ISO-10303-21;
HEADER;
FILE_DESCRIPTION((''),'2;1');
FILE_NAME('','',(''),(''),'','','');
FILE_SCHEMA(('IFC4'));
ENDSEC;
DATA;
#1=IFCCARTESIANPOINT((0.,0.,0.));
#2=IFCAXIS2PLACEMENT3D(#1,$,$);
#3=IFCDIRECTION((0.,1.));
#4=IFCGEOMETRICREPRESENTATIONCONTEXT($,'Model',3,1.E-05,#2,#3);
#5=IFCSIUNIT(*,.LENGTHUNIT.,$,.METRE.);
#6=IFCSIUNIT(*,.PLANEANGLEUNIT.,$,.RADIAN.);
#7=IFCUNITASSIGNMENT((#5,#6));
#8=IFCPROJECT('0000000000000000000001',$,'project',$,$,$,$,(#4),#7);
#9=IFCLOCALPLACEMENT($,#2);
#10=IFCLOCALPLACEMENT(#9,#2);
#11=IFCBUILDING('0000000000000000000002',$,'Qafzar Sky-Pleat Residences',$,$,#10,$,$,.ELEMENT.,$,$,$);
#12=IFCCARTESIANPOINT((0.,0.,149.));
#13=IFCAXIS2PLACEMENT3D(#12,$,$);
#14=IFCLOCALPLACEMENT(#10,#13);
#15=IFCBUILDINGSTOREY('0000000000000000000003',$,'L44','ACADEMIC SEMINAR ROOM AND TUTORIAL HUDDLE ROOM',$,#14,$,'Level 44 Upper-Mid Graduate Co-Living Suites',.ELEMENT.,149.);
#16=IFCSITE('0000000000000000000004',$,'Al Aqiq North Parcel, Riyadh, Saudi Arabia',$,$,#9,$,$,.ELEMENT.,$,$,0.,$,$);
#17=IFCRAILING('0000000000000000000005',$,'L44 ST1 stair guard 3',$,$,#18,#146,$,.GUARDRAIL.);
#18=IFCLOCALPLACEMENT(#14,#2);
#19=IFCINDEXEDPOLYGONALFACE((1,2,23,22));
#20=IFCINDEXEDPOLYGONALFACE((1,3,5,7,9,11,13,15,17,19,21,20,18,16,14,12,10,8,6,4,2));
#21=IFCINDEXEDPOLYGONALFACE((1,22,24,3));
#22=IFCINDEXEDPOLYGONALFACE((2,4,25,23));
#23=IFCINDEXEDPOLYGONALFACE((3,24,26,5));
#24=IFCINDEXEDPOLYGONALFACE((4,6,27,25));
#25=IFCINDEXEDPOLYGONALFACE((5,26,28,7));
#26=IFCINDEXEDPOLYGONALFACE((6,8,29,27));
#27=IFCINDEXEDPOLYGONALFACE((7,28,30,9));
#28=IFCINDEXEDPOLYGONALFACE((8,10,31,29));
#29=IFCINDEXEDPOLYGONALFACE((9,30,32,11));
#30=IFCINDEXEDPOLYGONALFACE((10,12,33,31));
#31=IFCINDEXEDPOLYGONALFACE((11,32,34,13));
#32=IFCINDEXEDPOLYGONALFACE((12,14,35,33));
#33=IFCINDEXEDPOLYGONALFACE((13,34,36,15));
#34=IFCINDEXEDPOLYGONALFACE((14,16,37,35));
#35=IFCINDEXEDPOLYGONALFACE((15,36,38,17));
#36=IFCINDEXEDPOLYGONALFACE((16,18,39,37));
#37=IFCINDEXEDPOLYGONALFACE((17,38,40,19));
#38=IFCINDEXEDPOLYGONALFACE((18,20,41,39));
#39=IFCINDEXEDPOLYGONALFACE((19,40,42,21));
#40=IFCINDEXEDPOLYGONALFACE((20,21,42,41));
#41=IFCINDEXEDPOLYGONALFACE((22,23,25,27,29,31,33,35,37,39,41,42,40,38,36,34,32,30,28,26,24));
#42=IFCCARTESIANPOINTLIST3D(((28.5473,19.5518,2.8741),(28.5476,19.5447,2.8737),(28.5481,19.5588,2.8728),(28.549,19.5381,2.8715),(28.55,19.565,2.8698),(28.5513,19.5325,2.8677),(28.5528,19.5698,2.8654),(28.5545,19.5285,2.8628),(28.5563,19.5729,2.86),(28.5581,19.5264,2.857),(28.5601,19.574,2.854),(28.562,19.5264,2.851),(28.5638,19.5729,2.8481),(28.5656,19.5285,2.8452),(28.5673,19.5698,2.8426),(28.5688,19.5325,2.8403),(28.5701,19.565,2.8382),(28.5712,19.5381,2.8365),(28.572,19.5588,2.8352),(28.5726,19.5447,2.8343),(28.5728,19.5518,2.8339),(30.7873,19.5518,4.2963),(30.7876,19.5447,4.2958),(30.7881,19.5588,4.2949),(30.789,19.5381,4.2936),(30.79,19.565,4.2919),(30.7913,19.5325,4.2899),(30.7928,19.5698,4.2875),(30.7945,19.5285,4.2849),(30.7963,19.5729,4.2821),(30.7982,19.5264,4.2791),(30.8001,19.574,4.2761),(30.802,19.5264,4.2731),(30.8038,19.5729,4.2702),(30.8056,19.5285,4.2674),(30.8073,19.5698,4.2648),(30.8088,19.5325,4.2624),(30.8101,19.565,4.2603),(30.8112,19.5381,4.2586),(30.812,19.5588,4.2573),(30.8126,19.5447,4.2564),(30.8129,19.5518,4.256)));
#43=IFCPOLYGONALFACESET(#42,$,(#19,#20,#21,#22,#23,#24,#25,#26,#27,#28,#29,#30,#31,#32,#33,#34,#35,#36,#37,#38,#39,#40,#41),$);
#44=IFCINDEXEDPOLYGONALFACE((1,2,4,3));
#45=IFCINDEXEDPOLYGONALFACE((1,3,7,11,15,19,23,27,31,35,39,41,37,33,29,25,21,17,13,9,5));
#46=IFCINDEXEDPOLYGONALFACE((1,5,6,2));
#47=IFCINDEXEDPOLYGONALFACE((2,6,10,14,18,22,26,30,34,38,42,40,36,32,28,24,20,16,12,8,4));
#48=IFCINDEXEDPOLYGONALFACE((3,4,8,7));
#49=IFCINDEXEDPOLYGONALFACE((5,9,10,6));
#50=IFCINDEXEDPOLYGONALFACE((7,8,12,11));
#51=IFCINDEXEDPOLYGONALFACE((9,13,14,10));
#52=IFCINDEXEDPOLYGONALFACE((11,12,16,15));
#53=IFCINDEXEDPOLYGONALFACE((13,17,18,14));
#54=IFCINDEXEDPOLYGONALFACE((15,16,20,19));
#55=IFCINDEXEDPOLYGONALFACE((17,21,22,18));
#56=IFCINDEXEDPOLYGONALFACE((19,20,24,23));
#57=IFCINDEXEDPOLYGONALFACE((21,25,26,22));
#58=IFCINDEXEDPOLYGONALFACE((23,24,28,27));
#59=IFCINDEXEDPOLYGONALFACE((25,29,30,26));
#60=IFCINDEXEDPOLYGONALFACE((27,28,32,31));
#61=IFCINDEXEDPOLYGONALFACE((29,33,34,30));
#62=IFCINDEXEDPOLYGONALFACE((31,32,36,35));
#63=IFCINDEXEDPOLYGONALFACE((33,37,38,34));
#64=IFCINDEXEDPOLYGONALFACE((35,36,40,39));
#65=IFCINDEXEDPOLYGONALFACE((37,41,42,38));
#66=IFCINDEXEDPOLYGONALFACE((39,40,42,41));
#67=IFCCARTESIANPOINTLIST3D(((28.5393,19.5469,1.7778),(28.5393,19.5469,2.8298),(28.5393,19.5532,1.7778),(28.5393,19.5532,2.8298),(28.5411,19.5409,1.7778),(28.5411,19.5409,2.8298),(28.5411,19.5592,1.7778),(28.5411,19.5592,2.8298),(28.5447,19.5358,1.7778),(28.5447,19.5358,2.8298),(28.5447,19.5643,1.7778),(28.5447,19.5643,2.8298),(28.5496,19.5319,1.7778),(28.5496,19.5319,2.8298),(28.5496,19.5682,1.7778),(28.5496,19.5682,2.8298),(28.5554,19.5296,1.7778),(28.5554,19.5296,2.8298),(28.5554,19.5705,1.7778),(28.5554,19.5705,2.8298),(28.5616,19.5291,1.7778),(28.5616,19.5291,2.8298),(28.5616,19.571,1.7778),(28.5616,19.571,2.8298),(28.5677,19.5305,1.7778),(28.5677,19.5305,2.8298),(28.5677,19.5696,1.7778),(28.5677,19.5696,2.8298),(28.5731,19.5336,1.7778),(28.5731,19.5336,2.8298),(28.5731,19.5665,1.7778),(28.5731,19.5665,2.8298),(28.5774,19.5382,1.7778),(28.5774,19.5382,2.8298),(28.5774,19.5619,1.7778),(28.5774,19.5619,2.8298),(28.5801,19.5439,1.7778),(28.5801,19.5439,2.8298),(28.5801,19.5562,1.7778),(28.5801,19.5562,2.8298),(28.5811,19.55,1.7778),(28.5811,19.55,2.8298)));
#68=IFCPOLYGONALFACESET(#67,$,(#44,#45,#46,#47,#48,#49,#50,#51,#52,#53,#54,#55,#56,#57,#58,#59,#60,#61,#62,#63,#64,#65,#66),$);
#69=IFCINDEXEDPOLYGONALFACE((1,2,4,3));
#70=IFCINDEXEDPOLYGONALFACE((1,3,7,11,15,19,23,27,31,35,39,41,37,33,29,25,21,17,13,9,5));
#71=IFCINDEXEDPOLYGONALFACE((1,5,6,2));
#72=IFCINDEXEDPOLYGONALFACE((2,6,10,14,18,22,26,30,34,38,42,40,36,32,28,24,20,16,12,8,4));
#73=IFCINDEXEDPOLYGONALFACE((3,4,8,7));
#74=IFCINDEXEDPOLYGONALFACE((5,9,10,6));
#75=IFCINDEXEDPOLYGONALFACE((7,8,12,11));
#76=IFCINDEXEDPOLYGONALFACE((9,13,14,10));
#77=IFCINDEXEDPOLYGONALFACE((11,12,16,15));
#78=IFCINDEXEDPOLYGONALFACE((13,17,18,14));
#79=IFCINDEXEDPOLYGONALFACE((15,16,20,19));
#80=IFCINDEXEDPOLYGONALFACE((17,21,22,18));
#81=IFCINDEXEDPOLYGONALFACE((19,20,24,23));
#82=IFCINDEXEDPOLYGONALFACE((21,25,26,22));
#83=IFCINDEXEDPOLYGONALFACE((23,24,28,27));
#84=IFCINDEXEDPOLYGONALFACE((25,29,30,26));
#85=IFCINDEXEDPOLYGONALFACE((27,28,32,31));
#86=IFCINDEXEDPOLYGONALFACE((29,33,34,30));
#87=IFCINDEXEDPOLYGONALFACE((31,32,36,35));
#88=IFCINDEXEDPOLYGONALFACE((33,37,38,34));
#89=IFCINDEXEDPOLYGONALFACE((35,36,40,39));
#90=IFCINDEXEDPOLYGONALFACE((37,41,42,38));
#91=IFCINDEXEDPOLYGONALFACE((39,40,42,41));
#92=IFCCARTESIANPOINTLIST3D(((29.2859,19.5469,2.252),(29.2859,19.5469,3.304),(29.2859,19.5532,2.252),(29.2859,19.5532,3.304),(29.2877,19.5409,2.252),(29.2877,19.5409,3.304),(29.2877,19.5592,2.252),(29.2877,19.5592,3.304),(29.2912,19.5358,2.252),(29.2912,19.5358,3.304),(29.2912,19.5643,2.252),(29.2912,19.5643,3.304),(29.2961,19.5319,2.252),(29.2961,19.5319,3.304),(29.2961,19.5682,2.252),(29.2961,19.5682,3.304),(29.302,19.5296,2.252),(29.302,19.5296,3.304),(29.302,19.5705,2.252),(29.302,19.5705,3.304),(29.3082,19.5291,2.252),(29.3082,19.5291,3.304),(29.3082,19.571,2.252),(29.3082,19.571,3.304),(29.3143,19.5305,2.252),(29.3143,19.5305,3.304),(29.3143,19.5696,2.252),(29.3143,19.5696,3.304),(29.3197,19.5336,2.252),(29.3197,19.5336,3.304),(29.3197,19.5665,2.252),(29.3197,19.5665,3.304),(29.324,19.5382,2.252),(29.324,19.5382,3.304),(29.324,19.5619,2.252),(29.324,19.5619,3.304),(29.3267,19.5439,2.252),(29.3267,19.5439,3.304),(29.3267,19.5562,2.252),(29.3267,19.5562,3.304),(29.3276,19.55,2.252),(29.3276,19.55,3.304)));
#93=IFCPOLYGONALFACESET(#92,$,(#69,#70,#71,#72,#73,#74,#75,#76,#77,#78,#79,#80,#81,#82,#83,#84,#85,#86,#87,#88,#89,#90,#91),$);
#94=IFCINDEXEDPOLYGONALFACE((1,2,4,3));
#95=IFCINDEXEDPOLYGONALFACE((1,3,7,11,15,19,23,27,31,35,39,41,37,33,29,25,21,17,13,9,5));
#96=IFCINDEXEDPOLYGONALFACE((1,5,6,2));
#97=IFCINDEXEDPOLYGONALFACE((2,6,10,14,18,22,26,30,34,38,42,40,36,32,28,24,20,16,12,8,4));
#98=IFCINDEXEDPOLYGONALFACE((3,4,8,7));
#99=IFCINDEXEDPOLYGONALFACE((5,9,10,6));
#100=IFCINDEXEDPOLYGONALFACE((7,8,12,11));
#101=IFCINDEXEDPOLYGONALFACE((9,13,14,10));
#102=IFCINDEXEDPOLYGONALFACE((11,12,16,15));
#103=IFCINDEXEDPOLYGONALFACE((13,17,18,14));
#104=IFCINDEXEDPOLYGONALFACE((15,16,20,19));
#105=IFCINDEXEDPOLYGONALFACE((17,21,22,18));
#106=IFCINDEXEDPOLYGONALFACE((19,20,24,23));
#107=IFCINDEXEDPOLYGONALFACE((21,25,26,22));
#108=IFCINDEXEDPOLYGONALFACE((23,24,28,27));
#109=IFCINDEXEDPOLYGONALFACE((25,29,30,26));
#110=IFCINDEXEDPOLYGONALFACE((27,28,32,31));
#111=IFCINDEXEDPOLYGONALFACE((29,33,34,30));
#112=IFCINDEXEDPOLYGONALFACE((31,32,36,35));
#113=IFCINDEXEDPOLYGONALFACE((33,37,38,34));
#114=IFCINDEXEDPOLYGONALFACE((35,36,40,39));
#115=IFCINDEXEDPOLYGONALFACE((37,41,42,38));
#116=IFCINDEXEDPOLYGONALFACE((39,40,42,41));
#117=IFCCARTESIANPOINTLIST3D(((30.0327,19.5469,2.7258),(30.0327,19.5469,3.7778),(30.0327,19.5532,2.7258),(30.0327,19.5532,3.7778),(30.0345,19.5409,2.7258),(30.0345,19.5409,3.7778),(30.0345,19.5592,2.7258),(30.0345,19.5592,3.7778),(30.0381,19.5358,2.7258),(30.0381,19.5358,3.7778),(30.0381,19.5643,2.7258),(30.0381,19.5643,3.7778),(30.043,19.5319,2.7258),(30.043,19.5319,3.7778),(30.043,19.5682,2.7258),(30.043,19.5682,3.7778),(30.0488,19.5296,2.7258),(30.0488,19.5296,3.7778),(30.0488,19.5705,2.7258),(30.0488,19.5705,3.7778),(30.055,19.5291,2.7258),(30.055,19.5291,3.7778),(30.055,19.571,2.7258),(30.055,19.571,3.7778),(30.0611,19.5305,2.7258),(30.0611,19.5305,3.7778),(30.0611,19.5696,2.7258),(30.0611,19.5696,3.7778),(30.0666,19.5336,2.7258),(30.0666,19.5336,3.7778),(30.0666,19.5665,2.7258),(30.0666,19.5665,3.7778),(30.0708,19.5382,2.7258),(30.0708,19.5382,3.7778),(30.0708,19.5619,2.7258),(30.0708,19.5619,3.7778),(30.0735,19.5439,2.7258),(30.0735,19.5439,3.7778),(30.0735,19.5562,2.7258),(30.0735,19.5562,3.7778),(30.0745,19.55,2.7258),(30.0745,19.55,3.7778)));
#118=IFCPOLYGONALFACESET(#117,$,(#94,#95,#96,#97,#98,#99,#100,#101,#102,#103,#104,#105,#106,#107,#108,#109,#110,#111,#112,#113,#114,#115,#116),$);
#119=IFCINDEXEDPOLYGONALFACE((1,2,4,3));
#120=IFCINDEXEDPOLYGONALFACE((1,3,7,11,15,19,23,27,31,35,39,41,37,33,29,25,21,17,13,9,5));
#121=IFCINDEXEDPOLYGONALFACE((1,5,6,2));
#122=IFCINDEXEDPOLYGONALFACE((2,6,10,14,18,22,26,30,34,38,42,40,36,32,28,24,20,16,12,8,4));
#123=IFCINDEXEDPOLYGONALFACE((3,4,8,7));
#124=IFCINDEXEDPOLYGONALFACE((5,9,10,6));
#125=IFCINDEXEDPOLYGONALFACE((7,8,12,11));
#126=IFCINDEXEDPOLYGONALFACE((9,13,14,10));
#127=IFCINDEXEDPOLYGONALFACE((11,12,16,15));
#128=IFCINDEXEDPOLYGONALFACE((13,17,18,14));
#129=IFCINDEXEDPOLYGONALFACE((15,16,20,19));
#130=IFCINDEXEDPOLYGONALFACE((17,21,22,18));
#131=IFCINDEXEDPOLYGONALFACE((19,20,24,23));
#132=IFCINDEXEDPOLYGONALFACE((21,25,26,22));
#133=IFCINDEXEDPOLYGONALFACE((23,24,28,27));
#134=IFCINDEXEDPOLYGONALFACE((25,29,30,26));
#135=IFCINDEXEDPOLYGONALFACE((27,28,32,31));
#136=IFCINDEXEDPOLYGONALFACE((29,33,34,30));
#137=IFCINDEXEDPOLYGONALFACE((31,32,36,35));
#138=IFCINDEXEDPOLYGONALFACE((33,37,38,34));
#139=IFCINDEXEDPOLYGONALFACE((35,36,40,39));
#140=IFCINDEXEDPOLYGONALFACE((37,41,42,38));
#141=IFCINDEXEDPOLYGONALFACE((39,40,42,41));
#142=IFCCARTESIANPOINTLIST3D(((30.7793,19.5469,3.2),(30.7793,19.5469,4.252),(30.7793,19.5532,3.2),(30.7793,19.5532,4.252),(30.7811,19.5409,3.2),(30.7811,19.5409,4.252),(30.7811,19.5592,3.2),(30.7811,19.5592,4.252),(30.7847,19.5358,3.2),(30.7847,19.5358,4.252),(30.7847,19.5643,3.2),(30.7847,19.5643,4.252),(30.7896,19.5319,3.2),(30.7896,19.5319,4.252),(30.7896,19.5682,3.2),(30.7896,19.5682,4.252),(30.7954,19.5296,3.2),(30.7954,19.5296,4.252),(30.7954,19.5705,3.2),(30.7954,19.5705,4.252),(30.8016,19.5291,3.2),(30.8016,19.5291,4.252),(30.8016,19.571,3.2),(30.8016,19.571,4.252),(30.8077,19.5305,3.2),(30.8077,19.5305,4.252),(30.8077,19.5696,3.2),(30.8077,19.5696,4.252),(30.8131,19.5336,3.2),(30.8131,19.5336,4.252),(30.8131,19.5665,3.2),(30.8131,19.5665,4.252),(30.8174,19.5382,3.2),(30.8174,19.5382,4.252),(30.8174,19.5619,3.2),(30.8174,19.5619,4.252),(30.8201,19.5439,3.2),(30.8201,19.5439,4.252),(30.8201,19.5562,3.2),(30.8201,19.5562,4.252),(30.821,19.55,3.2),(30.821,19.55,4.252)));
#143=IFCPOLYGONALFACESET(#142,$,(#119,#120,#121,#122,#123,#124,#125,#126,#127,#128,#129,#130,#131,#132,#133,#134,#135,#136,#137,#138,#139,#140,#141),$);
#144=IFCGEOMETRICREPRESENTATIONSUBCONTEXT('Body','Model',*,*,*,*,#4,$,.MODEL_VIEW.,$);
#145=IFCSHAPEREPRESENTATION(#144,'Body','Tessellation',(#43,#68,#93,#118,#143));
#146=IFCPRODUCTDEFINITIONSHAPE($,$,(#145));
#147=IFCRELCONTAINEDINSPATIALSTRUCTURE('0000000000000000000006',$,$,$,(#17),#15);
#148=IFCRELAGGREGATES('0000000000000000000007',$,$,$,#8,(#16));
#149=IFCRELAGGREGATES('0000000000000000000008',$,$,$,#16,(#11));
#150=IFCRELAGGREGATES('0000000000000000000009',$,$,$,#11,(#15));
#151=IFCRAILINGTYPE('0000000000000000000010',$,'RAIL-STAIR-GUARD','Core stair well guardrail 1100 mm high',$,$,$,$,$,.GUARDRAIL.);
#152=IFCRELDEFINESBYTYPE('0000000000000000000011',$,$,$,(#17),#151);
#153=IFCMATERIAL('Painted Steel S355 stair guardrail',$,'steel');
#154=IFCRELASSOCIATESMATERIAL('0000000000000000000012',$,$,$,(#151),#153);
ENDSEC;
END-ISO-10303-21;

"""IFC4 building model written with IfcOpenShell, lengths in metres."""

from ifc_helpers import new_model, si_unit, direction, frame, origin, origin_2d, place, context, subcontext, project, spatial, circle, extrude, source, transform, mapped, material, type_object, element, save


model = new_model("IFC4")

# Units and contexts
model_context = context("Model", 3, precision=1e-05, world=origin(), true_north=direction((0.0, 1.0)))
body_context = subcontext(model_context, "Body", "Model", "MODEL_VIEW")
ifc_project = project(units=[si_unit("LENGTHUNIT", "METRE"), si_unit("PLANEANGLEUNIT", "RADIAN")], contexts=[model_context])

# Site, building, storey
site_placement = place(None, origin())
site = spatial("IfcSite", under=ifc_project, at=site_placement, Name="Al Aqiq North Parcel, Riyadh, Saudi Arabia", CompositionType="ELEMENT", RefElevation=0.0)
building_placement = place(site_placement, origin())
building = spatial("IfcBuilding", under=site, at=building_placement, Name="Qafzar Sky-Pleat Residences", CompositionType="ELEMENT")
storey_placement = place(building_placement, frame((0.0, 0.0, 149.0)))
storey = spatial("IfcBuildingStorey", under=building, at=storey_placement, Name="L44", Description="ACADEMIC SEMINAR ROOM AND TUTORIAL HUDDLE ROOM", LongName="Level 44 Upper-Mid Graduate Co-Living Suites", CompositionType="ELEMENT", Elevation=149.0)

# Railing
ifc_material_1 = material(Name="Painted Steel S355 stair guardrail", Category="steel")
railing_type_1 = type_object("IfcRailingType", Name="RAIL-STAIR-GUARD", Description="Core stair well guardrail 1100 mm high", PredefinedType="GUARDRAIL", material=ifc_material_1)
shared_shape_1 = source(origin(), body_context, "Body", "SweptSolid", [
    extrude(circle(Radius=0.0239, at=origin_2d()), frame((0.0, 0.0, 1.0762), z_axis=(0.844229, 0.0, 0.535982), x_axis=(0.0, 1.0, 0.0)), (0.0, 0.0, 1.0), 2.6533),
    extrude(circle(Radius=0.021, at=origin_2d()), origin(), (0.0, 0.0, 1.0), 1.052),
    extrude(circle(Radius=0.021, at=origin_2d()), frame((0.7466, 0.0, 0.4741)), (0.0, 0.0, 1.0), 1.052),
    extrude(circle(Radius=0.021, at=origin_2d()), frame((1.4934, 0.0, 0.948)), (0.0, 0.0, 1.0), 1.052),
    extrude(circle(Radius=0.021, at=origin_2d()), frame((2.24, 0.0, 1.4221)), (0.0, 0.0, 1.0), 1.052),
])
railing_1_placement = place(storey_placement, frame((28.5601, 19.55, 1.7778)))
element("IfcRailing", 1, at=railing_1_placement, inside=storey, type_object=railing_type_1, Name="L44 ST1 stair guard 3", PredefinedType="GUARDRAIL", context=body_context, shape_type="MappedRepresentation", body=[
    mapped(shared_shape_1, transform((0.0, 0.0, 0.0), x_axis=(1.0, 0.0, 0.0), y_axis=(0.0, 1.0, 0.0), z_axis=(0.0, 0.0, 1.0), scale=1.0)),
])

save(model, "model.ifc")
